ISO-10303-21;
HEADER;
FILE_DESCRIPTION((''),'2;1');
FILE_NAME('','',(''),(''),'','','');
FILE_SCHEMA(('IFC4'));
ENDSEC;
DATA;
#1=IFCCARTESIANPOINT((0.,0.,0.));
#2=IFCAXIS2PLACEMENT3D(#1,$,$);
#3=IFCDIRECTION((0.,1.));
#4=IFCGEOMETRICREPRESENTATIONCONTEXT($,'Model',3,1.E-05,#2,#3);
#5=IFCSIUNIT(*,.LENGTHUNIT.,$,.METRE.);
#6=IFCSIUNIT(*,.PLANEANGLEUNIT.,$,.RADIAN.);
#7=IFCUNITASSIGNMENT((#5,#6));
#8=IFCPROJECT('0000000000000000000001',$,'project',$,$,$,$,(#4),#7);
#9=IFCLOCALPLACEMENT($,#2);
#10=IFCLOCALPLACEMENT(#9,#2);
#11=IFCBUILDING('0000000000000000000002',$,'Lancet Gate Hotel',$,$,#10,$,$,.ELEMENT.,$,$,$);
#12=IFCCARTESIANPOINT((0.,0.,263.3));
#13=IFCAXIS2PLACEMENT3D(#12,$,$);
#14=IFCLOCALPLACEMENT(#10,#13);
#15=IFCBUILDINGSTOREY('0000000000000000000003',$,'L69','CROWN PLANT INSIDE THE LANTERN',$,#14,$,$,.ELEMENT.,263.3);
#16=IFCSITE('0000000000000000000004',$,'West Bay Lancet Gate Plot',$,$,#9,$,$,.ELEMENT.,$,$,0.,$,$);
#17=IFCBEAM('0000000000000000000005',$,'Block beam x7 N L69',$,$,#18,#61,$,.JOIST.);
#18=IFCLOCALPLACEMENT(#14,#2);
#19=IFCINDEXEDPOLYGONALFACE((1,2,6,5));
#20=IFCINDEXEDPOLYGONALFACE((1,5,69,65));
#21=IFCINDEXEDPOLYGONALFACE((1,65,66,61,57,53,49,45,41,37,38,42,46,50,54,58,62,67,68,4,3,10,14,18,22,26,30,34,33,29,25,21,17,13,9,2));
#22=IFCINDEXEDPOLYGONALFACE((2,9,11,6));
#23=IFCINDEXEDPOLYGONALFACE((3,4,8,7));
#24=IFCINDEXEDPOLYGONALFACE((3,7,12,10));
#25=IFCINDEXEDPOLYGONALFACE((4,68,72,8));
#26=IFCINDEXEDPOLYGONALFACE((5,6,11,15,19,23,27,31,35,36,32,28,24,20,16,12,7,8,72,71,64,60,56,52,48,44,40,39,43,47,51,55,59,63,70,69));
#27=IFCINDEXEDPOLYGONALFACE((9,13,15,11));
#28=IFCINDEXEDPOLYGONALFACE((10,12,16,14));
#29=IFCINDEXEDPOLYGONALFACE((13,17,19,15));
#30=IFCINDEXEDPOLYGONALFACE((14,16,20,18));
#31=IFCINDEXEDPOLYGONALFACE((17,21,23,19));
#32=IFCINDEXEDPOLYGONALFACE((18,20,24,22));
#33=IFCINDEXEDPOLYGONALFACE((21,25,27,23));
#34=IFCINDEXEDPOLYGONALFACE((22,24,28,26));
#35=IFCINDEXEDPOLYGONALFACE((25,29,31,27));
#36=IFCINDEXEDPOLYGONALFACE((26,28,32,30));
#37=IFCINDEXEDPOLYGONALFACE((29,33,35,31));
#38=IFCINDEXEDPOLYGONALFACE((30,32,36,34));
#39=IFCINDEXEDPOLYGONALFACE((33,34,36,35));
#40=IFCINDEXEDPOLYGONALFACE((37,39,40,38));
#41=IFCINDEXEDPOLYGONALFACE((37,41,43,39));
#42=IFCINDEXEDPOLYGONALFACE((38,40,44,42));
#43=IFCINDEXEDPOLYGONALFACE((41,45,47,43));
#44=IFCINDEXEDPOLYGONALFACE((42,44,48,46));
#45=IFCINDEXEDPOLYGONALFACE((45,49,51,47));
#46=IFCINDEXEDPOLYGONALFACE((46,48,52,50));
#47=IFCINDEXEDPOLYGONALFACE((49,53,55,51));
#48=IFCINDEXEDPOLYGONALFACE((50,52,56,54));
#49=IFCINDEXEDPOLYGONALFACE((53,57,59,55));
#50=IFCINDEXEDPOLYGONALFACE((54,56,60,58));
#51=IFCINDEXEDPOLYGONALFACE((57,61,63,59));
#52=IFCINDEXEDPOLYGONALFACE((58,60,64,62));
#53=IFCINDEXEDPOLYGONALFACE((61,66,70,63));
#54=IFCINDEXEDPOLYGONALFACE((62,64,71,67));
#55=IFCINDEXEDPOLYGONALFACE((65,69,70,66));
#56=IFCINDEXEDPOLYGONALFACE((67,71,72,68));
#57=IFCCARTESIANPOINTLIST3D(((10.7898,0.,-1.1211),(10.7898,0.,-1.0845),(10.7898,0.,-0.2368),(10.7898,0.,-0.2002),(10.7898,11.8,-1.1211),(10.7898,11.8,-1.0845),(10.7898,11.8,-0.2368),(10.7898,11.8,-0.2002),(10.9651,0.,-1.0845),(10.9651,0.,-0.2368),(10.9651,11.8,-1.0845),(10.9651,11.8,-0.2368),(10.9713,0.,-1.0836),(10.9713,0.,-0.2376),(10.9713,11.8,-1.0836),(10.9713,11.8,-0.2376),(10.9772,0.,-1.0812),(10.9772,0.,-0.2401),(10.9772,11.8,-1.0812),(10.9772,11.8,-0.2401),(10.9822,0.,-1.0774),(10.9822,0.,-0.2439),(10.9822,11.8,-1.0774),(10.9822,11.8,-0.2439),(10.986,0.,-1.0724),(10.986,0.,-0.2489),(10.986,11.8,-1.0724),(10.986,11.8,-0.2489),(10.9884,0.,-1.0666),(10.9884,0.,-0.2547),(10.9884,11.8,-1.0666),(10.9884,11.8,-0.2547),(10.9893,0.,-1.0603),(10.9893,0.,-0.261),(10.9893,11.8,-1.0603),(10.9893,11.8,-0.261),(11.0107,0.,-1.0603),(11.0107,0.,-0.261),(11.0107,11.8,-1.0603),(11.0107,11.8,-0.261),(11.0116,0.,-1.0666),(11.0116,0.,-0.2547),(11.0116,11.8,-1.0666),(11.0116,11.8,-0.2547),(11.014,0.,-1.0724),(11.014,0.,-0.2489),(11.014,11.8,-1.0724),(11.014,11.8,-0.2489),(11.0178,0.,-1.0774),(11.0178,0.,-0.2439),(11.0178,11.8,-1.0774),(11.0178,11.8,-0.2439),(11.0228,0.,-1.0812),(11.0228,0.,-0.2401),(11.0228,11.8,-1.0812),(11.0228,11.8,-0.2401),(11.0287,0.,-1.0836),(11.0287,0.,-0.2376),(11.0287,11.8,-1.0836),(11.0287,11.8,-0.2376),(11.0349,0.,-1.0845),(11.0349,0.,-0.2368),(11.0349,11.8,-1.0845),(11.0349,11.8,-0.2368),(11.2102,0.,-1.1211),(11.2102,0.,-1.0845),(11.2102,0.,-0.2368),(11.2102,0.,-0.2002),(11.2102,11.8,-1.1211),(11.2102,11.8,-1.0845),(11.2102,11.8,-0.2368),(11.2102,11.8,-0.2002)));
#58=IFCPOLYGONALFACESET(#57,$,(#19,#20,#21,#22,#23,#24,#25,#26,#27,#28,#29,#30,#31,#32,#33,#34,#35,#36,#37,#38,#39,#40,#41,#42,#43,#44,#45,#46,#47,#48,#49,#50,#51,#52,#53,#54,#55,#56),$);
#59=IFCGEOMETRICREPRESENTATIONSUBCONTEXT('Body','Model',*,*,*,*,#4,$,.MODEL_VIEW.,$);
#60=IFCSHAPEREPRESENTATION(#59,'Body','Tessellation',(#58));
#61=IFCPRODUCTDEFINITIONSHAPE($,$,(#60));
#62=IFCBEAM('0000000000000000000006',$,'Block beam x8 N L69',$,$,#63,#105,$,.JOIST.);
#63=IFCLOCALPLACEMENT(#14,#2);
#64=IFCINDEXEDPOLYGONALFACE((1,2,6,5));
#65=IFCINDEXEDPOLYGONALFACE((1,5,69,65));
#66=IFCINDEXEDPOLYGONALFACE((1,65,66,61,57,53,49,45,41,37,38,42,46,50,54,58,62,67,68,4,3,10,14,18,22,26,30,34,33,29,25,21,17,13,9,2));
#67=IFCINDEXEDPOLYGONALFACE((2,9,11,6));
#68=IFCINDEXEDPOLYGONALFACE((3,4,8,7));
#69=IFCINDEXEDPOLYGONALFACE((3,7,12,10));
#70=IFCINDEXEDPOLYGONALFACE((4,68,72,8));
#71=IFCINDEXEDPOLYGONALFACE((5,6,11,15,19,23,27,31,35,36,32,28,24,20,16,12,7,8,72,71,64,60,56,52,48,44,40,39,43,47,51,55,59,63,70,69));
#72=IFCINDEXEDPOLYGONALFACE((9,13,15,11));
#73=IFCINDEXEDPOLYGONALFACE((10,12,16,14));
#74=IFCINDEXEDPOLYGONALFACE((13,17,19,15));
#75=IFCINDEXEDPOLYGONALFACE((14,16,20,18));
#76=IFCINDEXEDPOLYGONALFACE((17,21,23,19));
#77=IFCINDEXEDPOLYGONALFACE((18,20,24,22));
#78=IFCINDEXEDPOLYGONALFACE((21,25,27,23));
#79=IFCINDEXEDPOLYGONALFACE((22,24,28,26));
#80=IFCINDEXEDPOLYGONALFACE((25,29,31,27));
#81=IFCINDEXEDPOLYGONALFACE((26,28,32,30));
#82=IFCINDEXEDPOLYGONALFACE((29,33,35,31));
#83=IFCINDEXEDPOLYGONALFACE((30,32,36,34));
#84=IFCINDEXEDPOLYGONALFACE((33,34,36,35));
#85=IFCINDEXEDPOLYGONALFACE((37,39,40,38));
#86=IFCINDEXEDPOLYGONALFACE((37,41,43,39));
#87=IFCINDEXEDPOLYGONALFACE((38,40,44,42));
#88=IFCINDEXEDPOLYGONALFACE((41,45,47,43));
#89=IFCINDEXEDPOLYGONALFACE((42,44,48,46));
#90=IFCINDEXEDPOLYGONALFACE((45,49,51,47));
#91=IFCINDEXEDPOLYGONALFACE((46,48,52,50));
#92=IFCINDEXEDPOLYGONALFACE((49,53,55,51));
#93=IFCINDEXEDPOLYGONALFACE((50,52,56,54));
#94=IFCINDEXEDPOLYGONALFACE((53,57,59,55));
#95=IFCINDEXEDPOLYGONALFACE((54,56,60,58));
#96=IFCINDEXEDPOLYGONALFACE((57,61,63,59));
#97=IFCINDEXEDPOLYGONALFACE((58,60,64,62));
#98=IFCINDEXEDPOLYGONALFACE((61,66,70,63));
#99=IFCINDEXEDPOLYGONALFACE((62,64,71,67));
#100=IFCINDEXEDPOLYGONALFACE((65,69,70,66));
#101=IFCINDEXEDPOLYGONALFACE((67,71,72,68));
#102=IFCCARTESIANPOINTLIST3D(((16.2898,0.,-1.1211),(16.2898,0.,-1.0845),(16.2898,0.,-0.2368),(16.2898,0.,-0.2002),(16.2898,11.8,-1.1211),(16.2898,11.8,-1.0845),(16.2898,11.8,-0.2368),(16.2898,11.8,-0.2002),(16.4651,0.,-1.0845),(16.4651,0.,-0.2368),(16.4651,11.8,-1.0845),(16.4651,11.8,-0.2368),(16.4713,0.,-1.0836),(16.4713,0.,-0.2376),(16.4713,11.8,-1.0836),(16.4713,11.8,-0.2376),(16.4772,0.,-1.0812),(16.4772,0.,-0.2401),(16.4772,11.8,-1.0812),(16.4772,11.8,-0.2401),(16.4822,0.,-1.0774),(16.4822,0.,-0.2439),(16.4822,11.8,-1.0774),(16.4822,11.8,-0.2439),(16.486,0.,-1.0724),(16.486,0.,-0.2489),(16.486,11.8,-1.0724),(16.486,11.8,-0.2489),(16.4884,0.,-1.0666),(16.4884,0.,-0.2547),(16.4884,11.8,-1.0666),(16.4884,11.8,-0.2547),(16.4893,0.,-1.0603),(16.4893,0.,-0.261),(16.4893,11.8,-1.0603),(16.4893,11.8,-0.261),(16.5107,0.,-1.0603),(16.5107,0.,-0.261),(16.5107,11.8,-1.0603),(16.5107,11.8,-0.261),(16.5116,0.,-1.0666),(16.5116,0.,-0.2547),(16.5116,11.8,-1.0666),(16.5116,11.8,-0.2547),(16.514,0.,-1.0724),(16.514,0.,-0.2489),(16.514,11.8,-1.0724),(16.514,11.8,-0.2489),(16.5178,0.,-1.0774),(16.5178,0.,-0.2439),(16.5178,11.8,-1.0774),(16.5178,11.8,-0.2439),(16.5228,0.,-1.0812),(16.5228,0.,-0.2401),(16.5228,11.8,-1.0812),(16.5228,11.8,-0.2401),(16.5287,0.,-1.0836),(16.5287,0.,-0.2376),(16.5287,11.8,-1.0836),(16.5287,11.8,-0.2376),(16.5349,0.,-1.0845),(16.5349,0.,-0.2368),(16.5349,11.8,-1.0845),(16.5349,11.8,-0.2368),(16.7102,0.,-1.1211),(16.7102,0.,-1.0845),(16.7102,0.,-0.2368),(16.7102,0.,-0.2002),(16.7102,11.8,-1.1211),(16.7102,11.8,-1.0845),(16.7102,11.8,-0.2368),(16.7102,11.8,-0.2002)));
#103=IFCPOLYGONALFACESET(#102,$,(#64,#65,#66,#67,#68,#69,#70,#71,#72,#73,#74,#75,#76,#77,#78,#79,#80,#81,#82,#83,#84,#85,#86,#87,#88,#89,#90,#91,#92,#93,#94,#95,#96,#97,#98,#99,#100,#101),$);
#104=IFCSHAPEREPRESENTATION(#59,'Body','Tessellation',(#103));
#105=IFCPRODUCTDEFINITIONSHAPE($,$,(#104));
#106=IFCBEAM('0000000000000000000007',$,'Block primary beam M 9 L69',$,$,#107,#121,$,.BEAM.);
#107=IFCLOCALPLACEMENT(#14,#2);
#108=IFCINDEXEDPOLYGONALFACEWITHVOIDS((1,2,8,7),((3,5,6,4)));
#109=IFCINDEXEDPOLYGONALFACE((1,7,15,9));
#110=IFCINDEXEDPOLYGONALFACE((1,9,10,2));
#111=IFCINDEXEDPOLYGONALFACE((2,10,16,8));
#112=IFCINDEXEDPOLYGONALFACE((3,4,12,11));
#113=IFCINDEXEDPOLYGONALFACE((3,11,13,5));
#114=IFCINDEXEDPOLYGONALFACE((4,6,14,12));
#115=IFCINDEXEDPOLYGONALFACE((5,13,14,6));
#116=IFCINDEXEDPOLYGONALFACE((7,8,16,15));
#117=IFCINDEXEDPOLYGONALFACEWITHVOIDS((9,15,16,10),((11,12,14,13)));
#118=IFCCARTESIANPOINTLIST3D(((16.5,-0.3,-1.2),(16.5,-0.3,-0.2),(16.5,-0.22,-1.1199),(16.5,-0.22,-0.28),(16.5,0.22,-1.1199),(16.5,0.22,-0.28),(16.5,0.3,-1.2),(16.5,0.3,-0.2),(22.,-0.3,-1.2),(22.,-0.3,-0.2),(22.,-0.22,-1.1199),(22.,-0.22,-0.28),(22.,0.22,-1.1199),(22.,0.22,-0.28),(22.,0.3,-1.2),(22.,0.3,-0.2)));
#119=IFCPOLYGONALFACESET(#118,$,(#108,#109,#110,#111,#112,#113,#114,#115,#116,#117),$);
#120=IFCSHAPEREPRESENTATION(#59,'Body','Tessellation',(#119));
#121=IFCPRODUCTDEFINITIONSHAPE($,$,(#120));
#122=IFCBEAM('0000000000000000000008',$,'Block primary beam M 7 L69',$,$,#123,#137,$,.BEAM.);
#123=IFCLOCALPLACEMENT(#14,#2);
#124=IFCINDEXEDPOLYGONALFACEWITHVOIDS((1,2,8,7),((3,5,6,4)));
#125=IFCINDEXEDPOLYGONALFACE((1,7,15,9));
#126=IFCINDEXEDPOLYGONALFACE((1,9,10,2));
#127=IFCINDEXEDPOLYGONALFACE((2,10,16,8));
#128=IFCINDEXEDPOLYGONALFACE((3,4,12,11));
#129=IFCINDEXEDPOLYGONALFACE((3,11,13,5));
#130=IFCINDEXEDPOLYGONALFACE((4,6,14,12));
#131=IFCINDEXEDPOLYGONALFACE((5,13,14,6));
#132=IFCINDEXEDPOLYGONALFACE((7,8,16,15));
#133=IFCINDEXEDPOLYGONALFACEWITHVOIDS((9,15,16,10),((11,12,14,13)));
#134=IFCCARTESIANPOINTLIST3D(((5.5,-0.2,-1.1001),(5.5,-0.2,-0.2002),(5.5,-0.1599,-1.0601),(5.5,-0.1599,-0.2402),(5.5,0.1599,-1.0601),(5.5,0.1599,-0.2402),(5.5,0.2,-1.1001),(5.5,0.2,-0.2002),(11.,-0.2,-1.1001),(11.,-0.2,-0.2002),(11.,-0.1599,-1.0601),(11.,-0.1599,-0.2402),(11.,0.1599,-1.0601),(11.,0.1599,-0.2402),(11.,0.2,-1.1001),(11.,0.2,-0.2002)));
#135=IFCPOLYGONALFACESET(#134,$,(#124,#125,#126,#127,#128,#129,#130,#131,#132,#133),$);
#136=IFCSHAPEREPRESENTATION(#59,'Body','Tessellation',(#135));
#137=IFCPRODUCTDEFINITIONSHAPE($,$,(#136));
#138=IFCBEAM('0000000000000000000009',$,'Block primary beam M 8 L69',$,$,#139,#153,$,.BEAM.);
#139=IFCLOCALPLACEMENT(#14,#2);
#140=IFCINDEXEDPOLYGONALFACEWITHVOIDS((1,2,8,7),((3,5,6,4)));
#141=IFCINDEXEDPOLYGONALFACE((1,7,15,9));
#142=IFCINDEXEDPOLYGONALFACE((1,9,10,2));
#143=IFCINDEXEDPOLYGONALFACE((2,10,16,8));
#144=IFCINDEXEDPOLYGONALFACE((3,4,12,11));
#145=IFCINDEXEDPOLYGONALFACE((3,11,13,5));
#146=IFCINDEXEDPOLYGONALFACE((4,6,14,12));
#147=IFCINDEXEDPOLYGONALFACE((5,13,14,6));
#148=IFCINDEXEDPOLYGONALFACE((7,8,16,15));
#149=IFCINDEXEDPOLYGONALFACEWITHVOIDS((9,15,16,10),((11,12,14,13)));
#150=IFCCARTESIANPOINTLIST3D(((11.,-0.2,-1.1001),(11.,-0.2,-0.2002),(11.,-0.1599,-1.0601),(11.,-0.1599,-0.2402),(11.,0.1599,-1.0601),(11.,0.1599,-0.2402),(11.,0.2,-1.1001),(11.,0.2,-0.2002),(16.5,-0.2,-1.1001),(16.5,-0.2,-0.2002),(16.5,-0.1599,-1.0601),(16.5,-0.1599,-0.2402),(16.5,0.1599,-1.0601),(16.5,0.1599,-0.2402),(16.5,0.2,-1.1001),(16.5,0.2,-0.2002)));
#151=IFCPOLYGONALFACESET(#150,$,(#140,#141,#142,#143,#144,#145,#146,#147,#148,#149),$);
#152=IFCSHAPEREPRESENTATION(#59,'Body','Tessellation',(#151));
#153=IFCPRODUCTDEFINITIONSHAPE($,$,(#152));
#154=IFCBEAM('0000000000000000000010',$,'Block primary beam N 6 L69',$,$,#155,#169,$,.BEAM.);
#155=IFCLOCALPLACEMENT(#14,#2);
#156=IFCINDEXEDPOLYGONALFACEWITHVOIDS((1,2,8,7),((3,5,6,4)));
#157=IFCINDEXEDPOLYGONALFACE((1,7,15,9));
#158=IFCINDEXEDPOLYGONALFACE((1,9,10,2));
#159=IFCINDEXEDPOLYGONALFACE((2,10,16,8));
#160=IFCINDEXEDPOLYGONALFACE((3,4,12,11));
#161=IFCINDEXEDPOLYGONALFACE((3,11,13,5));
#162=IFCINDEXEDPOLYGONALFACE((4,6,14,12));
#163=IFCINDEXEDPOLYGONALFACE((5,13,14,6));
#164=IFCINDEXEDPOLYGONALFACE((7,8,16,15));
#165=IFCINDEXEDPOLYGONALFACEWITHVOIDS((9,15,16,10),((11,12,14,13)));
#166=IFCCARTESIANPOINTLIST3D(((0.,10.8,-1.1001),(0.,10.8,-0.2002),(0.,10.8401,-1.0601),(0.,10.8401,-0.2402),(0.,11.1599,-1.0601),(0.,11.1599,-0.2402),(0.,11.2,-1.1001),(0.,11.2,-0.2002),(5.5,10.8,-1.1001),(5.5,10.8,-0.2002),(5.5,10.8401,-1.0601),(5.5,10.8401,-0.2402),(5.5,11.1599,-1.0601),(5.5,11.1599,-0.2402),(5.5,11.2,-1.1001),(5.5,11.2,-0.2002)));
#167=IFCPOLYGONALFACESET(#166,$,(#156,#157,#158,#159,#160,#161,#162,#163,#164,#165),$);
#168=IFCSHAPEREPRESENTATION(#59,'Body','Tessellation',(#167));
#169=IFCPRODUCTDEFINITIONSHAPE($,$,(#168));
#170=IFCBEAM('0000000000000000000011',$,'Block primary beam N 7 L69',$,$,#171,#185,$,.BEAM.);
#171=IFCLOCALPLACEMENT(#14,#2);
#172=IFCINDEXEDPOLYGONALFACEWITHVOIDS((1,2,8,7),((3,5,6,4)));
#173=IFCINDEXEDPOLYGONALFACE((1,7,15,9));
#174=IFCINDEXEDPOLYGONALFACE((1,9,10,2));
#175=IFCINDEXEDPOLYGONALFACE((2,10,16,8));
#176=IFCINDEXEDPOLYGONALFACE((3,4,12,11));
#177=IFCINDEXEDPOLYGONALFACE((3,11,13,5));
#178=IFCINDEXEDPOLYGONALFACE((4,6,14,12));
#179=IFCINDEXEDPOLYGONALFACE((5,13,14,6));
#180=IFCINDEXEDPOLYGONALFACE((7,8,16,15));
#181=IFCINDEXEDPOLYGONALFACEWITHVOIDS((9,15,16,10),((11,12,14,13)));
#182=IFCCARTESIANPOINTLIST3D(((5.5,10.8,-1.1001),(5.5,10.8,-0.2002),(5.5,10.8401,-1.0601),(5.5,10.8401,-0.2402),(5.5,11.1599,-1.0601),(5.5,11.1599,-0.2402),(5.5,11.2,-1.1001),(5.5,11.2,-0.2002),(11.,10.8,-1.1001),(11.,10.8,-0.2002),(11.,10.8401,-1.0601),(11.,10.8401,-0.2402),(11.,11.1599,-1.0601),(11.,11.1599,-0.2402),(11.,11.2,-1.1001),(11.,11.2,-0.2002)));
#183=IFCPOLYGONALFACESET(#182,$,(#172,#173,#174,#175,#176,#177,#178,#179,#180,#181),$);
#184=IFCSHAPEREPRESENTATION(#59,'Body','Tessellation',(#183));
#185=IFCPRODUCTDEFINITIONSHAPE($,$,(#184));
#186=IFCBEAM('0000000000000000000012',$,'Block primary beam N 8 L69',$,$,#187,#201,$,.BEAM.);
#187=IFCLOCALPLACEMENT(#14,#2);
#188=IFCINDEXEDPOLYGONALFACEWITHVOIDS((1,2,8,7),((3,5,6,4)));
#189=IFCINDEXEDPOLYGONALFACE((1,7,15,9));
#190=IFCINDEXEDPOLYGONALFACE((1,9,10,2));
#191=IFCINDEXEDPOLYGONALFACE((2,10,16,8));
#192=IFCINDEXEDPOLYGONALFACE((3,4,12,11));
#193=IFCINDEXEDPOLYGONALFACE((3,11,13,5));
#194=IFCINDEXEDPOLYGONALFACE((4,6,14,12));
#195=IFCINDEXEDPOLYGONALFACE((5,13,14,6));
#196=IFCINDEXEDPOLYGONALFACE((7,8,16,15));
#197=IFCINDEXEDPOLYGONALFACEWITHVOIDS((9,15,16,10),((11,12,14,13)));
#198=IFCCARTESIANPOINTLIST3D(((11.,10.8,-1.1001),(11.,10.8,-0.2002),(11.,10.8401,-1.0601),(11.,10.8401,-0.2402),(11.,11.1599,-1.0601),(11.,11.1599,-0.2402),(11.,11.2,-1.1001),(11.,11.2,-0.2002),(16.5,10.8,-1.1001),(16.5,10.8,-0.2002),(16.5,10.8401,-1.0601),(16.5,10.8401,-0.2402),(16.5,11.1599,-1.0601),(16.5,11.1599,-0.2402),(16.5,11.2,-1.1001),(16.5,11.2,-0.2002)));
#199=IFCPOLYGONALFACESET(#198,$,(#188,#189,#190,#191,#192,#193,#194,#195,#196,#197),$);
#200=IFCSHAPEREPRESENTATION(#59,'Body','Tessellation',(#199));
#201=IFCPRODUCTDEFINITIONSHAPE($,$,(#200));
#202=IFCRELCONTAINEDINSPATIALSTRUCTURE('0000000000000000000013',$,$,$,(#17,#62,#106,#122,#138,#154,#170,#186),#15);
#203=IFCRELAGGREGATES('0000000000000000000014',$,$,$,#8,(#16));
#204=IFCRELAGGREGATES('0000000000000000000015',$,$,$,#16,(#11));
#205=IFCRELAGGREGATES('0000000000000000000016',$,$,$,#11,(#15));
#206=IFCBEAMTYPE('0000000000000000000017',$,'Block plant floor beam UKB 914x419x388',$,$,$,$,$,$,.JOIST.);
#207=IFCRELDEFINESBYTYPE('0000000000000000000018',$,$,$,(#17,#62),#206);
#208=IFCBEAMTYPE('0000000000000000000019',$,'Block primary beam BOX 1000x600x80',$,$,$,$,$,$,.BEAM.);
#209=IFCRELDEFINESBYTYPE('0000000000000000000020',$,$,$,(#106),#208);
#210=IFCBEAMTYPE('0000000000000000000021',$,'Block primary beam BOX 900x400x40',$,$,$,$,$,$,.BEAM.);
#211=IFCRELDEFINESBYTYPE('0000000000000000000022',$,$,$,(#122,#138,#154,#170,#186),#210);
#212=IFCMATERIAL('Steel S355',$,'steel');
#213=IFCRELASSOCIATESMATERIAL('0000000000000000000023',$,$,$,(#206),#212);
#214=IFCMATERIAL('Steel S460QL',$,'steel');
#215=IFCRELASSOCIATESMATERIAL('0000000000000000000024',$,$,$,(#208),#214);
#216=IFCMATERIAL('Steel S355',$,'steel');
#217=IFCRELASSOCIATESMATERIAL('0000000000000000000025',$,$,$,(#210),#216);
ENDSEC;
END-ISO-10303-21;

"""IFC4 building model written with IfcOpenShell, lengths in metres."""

from ifc_helpers import new_model, si_unit, direction, frame, origin, origin_2d, place, context, subcontext, project, spatial, hollow_rectangle, i_section, extrude, material, material_profile, profile_set, type_object, element, save


model = new_model("IFC4")

# Units and contexts
model_context = context("Model", 3, precision=1e-05, world=origin(), true_north=direction((0.0, 1.0)))
body_context = subcontext(model_context, "Body", "Model", "MODEL_VIEW")
ifc_project = project(units=[si_unit("LENGTHUNIT", "METRE"), si_unit("PLANEANGLEUNIT", "RADIAN")], contexts=[model_context])

# Site, building, storey
site_placement = place(None, origin())
site = spatial("IfcSite", under=ifc_project, at=site_placement, Name="West Bay Lancet Gate Plot", CompositionType="ELEMENT", RefElevation=0.0)
building_placement = place(site_placement, origin())
building = spatial("IfcBuilding", under=site, at=building_placement, Name="Lancet Gate Hotel", CompositionType="ELEMENT")
storey_placement = place(building_placement, frame((0.0, 0.0, 263.3)))
storey = spatial("IfcBuildingStorey", under=building, at=storey_placement, Name="L69", Description="CROWN PLANT INSIDE THE LANTERN", CompositionType="ELEMENT", Elevation=263.3)

# Beams
ifc_material_1 = material(Name="Steel S355", Category="steel")
ifc_material_profile_1 = material_profile(ifc_material_1, i_section(OverallWidth=0.4204, OverallDepth=0.9209, WebThickness=0.0215, FlangeThickness=0.0366, FilletRadius=0.0242, at=origin_2d()), Name="UKB 914x419x388")
ifc_profile_set_1 = profile_set([ifc_material_profile_1], Name="Steel S355")
beam_type_1 = type_object("IfcBeamType", Name="Block plant floor beam UKB 914x419x388", PredefinedType="JOIST", material=ifc_profile_set_1)
for number, where, z_axis, x_axis, name in (
    (1, (11.0, 0.0, -0.6606), (0.0, 1.0, 0.0), (-1.0, 0.0, 0.0), "Block beam x7 N L69"),
    (2, (16.5, 0.0, -0.6606), (0.0, 1.0, 0.0), (-1.0, 0.0, 0.0), "Block beam x8 N L69"),
):
    element("IfcBeam", number, at=place(storey_placement, frame(where, z_axis=z_axis, x_axis=x_axis)), inside=storey, type_object=beam_type_1, Name=name, PredefinedType="JOIST", context=body_context, shape_type="SweptSolid", body=[
        extrude(i_section(OverallWidth=0.4204, OverallDepth=0.9209, WebThickness=0.0215, FlangeThickness=0.0366, FilletRadius=0.0242, at=origin_2d()), origin(), (0.0, 0.0, 1.0), 11.8),
    ])
ifc_material_2 = material(Name="Steel S460QL", Category="steel")
ifc_material_profile_2 = material_profile(ifc_material_2, hollow_rectangle(XDim=0.6001, YDim=1.0, WallThickness=0.0801, at=origin_2d()), Name="BOX 1000x600x80")
ifc_profile_set_2 = profile_set([ifc_material_profile_2], Name="Steel S460QL")
beam_type_2 = type_object("IfcBeamType", Name="Block primary beam BOX 1000x600x80", PredefinedType="BEAM", material=ifc_profile_set_2)
beam_placement = place(storey_placement, frame((16.5, 0.0, -0.7), z_axis=(1.0, 0.0, 0.0), x_axis=(0.0, 1.0, 0.0)))
element("IfcBeam", 3, at=beam_placement, inside=storey, type_object=beam_type_2, Name="Block primary beam M 9 L69", PredefinedType="BEAM", context=body_context, shape_type="SweptSolid", body=[
    extrude(hollow_rectangle(XDim=0.6001, YDim=1.0, WallThickness=0.0801, at=origin_2d()), origin(), (0.0, 0.0, 1.0), 5.5),
])
ifc_material_3 = material(Name="Steel S355", Category="steel")
ifc_material_profile_3 = material_profile(ifc_material_3, hollow_rectangle(XDim=0.3999, YDim=0.8999, WallThickness=0.04, at=origin_2d()), Name="BOX 900x400x40")
ifc_profile_set_3 = profile_set([ifc_material_profile_3], Name="Steel S355")
beam_type_3 = type_object("IfcBeamType", Name="Block primary beam BOX 900x400x40", PredefinedType="BEAM", material=ifc_profile_set_3)
for number, where, z_axis, x_axis, name in (
    (4, (5.5, 0.0, -0.6501), (1.0, 0.0, 0.0), (0.0, 1.0, 0.0), "Block primary beam M 7 L69"),
    (5, (11.0, 0.0, -0.6501), (1.0, 0.0, 0.0), (0.0, 1.0, 0.0), "Block primary beam M 8 L69"),
    (6, (0.0, 11.0, -0.6501), (1.0, 0.0, 0.0), (0.0, 1.0, 0.0), "Block primary beam N 6 L69"),
    (7, (5.5, 11.0, -0.6501), (1.0, 0.0, 0.0), (0.0, 1.0, 0.0), "Block primary beam N 7 L69"),
    (8, (11.0, 11.0, -0.6501), (1.0, 0.0, 0.0), (0.0, 1.0, 0.0), "Block primary beam N 8 L69"),
):
    element("IfcBeam", number, at=place(storey_placement, frame(where, z_axis=z_axis, x_axis=x_axis)), inside=storey, type_object=beam_type_3, Name=name, PredefinedType="BEAM", context=body_context, shape_type="SweptSolid", body=[
        extrude(hollow_rectangle(XDim=0.3999, YDim=0.8999, WallThickness=0.04, at=origin_2d()), origin(), (0.0, 0.0, 1.0), 5.5),
    ])

save(model, "model.ifc")
